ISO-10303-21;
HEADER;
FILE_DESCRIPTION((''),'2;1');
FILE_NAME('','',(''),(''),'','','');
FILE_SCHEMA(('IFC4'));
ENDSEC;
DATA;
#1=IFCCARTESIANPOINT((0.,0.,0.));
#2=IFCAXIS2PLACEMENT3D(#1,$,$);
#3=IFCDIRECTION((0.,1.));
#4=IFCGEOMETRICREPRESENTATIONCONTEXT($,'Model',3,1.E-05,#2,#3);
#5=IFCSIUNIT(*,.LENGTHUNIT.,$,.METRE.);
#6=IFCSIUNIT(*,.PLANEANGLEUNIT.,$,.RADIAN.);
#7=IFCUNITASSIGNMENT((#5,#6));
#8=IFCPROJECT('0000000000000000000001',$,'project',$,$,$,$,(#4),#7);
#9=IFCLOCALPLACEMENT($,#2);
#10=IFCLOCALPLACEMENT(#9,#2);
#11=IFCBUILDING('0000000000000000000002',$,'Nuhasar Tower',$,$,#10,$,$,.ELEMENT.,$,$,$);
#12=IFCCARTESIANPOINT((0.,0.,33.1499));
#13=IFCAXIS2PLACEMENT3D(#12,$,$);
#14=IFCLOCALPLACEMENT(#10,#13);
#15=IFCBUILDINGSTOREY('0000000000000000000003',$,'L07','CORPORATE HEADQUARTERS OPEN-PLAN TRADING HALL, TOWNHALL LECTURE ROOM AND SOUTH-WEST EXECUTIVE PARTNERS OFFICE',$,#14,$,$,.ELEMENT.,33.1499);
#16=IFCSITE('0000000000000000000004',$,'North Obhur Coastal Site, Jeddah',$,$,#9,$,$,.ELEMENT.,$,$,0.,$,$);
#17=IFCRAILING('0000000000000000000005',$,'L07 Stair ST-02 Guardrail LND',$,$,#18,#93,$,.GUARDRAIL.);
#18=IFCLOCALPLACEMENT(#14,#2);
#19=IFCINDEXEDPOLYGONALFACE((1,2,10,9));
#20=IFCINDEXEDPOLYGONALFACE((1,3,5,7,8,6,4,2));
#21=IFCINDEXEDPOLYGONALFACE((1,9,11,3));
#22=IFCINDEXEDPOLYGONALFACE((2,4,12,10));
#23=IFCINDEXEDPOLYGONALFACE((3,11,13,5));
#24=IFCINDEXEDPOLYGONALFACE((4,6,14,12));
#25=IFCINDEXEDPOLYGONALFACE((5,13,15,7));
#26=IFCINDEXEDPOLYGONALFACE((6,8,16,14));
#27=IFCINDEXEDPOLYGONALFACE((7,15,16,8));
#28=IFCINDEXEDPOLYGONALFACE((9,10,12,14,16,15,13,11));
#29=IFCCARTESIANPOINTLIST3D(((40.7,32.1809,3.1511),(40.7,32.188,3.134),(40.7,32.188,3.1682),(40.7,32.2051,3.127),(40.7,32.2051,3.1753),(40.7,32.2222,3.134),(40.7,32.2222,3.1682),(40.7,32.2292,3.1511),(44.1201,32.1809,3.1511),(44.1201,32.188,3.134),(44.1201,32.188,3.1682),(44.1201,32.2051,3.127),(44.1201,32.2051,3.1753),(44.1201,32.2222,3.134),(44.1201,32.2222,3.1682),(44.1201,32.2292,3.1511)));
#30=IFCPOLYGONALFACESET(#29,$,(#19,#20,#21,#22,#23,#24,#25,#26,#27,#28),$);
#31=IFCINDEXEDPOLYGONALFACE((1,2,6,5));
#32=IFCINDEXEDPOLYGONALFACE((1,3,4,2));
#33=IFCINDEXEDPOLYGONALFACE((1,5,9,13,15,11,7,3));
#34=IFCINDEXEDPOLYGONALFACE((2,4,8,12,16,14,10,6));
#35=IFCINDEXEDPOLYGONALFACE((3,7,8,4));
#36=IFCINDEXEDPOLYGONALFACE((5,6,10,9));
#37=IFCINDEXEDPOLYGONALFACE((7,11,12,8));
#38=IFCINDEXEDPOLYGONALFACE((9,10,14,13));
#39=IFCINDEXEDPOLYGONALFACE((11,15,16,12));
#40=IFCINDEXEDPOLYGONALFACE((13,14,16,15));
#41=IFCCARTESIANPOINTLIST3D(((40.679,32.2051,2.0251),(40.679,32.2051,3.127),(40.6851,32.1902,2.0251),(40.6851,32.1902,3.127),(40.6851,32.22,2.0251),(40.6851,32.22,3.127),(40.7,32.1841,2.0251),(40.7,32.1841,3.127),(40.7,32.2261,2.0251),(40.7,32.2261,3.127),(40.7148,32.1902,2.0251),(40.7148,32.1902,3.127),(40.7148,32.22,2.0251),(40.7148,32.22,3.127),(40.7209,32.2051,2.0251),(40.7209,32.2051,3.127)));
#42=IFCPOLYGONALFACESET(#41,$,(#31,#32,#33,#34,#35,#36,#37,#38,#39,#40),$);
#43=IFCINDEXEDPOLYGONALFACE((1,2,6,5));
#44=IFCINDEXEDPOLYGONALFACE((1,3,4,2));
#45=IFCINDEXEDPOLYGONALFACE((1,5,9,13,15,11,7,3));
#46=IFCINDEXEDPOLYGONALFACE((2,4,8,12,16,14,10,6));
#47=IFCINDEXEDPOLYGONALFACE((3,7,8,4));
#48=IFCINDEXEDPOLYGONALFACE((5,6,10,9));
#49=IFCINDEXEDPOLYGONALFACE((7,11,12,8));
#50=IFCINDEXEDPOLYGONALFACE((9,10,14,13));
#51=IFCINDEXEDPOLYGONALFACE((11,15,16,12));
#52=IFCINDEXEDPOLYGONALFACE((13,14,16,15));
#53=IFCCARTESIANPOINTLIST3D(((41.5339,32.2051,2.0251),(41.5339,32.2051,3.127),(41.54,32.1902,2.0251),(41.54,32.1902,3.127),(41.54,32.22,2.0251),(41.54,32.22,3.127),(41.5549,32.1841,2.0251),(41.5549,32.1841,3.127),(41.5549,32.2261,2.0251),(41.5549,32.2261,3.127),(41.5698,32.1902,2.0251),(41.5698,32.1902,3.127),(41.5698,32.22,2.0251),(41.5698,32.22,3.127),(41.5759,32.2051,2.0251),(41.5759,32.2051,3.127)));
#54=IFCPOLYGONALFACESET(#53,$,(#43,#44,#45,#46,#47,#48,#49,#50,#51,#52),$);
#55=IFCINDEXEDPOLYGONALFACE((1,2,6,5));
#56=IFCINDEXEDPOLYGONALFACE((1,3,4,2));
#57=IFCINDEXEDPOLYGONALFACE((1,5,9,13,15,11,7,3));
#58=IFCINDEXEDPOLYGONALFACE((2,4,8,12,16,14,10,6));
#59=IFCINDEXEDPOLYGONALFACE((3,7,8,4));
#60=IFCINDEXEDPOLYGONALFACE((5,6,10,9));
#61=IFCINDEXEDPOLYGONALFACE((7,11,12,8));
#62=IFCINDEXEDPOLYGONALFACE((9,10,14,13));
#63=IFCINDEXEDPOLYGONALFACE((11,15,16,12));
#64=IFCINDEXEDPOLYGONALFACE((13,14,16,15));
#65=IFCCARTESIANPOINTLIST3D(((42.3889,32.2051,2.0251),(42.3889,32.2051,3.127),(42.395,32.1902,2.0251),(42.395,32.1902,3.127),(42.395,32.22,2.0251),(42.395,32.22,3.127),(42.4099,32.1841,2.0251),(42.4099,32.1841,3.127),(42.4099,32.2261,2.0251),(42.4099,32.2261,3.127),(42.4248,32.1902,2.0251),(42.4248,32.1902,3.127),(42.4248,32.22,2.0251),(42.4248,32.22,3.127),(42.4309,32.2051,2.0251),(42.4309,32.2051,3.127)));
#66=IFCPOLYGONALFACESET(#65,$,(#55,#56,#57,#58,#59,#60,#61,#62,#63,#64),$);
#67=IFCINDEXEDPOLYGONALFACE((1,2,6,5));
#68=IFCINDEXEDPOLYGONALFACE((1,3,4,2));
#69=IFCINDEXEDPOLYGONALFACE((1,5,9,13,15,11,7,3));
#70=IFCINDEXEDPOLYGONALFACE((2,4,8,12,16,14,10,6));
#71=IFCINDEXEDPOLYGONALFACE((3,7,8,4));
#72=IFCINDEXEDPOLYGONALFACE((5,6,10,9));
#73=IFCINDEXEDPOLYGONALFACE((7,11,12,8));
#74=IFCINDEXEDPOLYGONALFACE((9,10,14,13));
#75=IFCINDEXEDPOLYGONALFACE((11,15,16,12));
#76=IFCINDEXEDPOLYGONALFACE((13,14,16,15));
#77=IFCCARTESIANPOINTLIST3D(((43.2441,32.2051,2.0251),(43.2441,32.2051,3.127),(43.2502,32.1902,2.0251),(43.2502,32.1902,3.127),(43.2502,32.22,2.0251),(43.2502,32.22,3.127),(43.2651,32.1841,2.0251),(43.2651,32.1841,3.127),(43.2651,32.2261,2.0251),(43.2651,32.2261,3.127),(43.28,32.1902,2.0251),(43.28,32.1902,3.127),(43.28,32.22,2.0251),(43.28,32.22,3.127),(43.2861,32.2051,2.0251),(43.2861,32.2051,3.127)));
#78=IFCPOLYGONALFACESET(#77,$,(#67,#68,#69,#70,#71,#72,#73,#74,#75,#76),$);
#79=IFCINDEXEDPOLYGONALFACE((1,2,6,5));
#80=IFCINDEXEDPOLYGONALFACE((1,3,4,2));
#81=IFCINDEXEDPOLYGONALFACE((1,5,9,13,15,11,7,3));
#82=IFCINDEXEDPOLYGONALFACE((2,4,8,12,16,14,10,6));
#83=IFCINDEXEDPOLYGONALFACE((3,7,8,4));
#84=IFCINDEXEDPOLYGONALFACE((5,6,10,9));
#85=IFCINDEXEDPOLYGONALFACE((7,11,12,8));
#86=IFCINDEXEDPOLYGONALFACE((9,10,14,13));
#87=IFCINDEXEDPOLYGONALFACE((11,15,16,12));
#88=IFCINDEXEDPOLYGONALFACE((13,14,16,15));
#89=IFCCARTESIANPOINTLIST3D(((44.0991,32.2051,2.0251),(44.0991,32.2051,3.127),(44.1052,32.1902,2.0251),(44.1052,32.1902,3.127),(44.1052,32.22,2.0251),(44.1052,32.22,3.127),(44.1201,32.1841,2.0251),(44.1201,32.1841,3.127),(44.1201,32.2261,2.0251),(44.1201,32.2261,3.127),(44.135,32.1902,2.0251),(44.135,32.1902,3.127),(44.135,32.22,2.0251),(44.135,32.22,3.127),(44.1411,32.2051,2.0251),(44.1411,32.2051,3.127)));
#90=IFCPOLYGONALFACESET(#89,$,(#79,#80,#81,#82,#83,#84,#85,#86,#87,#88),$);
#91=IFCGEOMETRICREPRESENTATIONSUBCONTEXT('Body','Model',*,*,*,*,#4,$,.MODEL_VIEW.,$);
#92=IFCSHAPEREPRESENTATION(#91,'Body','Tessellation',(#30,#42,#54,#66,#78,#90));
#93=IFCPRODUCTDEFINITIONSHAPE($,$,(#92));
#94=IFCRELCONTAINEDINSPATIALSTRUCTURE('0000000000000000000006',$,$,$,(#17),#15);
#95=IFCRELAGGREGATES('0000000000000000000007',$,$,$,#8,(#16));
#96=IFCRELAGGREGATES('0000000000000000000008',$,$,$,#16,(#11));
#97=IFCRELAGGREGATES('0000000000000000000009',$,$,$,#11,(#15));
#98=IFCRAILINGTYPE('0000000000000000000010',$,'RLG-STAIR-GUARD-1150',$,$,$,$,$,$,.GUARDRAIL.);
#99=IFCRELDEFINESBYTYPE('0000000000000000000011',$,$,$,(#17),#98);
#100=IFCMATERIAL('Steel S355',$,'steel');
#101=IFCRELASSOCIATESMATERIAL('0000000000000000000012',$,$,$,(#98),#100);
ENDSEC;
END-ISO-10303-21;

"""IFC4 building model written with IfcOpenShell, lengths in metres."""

from ifc_helpers import new_model, si_unit, direction, frame, origin, place, context, subcontext, project, spatial, polyline, outline, extrude, material, type_object, element, save


model = new_model("IFC4")

# Units and contexts
model_context = context("Model", 3, precision=1e-05, world=origin(), true_north=direction((0.0, 1.0)))
body_context = subcontext(model_context, "Body", "Model", "MODEL_VIEW")
ifc_project = project(units=[si_unit("LENGTHUNIT", "METRE"), si_unit("PLANEANGLEUNIT", "RADIAN")], contexts=[model_context])

# Site, building, storey
site_placement = place(None, origin())
site = spatial("IfcSite", under=ifc_project, at=site_placement, Name="North Obhur Coastal Site, Jeddah", CompositionType="ELEMENT", RefElevation=0.0)
building_placement = place(site_placement, origin())
building = spatial("IfcBuilding", under=site, at=building_placement, Name="Nuhasar Tower", CompositionType="ELEMENT")
storey_placement = place(building_placement, frame((0.0, 0.0, 33.1499)))
storey = spatial("IfcBuildingStorey", under=building, at=storey_placement, Name="L07", Description="CORPORATE HEADQUARTERS OPEN-PLAN TRADING HALL, TOWNHALL LECTURE ROOM AND SOUTH-WEST EXECUTIVE PARTNERS OFFICE", CompositionType="ELEMENT", Elevation=33.1499)

# Shared definitions
ifc_material_1 = material(Name="Steel S355", Category="steel")

# Railing
railing_type_1 = type_object("IfcRailingType", Name="RLG-STAIR-GUARD-1150", PredefinedType="GUARDRAIL", material=ifc_material_1)
railing_1_placement = place(storey_placement, frame((40.7, 32.2051, 2.0251)))
element("IfcRailing", 1, at=railing_1_placement, inside=storey, type_object=railing_type_1, Name="L07 Stair ST-02 Guardrail LND", PredefinedType="GUARDRAIL", context=body_context, shape_type="SweptSolid", body=[
    extrude(outline(polyline([(0.0242, 0.0), (0.0171, 0.0171), (0.0, 0.0242), (-0.0171, 0.0171), (-0.0242, 0.0), (-0.0171, -0.0171), (0.0, -0.0242), (0.0171, -0.0171), (0.0242, 0.0)])), frame((0.0, 0.0, 1.126), z_axis=(1.0, 0.0, 0.0), x_axis=(0.0, 1.0, 0.0)), (0.0, 0.0, 1.0), 3.4202),
    extrude(outline(polyline([(0.021, 0.0), (0.0149, 0.0149), (0.0, 0.021), (-0.0149, 0.0149), (-0.021, 0.0), (-0.0149, -0.0149), (0.0, -0.021), (0.0149, -0.0149), (0.021, 0.0)])), origin(), (0.0, 0.0, 1.0), 1.1018),
    extrude(outline(polyline([(0.021, 0.0), (0.0149, 0.0149), (0.0, 0.021), (-0.0149, 0.0149), (-0.021, 0.0), (-0.0149, -0.0149), (0.0, -0.021), (0.0149, -0.0149), (0.021, 0.0)])), frame((0.855, 0.0, 0.0)), (0.0, 0.0, 1.0), 1.1018),
    extrude(outline(polyline([(0.021, 0.0), (0.0149, 0.0149), (0.0, 0.021), (-0.0149, 0.0149), (-0.021, 0.0), (-0.0149, -0.0149), (0.0, -0.021), (0.0149, -0.0149), (0.021, 0.0)])), frame((1.71, 0.0, 0.0)), (0.0, 0.0, 1.0), 1.1018),
    extrude(outline(polyline([(0.021, 0.0), (0.0149, 0.0149), (0.0, 0.021), (-0.0149, 0.0149), (-0.021, 0.0), (-0.0149, -0.0149), (0.0, -0.021), (0.0149, -0.0149), (0.021, 0.0)])), frame((2.5652, 0.0, 0.0)), (0.0, 0.0, 1.0), 1.1018),
    extrude(outline(polyline([(0.021, 0.0), (0.0149, 0.0149), (0.0, 0.021), (-0.0149, 0.0149), (-0.021, 0.0), (-0.0149, -0.0149), (0.0, -0.021), (0.0149, -0.0149), (0.021, 0.0)])), frame((3.4202, 0.0, 0.0)), (0.0, 0.0, 1.0), 1.1018),
])

save(model, "model.ifc")
